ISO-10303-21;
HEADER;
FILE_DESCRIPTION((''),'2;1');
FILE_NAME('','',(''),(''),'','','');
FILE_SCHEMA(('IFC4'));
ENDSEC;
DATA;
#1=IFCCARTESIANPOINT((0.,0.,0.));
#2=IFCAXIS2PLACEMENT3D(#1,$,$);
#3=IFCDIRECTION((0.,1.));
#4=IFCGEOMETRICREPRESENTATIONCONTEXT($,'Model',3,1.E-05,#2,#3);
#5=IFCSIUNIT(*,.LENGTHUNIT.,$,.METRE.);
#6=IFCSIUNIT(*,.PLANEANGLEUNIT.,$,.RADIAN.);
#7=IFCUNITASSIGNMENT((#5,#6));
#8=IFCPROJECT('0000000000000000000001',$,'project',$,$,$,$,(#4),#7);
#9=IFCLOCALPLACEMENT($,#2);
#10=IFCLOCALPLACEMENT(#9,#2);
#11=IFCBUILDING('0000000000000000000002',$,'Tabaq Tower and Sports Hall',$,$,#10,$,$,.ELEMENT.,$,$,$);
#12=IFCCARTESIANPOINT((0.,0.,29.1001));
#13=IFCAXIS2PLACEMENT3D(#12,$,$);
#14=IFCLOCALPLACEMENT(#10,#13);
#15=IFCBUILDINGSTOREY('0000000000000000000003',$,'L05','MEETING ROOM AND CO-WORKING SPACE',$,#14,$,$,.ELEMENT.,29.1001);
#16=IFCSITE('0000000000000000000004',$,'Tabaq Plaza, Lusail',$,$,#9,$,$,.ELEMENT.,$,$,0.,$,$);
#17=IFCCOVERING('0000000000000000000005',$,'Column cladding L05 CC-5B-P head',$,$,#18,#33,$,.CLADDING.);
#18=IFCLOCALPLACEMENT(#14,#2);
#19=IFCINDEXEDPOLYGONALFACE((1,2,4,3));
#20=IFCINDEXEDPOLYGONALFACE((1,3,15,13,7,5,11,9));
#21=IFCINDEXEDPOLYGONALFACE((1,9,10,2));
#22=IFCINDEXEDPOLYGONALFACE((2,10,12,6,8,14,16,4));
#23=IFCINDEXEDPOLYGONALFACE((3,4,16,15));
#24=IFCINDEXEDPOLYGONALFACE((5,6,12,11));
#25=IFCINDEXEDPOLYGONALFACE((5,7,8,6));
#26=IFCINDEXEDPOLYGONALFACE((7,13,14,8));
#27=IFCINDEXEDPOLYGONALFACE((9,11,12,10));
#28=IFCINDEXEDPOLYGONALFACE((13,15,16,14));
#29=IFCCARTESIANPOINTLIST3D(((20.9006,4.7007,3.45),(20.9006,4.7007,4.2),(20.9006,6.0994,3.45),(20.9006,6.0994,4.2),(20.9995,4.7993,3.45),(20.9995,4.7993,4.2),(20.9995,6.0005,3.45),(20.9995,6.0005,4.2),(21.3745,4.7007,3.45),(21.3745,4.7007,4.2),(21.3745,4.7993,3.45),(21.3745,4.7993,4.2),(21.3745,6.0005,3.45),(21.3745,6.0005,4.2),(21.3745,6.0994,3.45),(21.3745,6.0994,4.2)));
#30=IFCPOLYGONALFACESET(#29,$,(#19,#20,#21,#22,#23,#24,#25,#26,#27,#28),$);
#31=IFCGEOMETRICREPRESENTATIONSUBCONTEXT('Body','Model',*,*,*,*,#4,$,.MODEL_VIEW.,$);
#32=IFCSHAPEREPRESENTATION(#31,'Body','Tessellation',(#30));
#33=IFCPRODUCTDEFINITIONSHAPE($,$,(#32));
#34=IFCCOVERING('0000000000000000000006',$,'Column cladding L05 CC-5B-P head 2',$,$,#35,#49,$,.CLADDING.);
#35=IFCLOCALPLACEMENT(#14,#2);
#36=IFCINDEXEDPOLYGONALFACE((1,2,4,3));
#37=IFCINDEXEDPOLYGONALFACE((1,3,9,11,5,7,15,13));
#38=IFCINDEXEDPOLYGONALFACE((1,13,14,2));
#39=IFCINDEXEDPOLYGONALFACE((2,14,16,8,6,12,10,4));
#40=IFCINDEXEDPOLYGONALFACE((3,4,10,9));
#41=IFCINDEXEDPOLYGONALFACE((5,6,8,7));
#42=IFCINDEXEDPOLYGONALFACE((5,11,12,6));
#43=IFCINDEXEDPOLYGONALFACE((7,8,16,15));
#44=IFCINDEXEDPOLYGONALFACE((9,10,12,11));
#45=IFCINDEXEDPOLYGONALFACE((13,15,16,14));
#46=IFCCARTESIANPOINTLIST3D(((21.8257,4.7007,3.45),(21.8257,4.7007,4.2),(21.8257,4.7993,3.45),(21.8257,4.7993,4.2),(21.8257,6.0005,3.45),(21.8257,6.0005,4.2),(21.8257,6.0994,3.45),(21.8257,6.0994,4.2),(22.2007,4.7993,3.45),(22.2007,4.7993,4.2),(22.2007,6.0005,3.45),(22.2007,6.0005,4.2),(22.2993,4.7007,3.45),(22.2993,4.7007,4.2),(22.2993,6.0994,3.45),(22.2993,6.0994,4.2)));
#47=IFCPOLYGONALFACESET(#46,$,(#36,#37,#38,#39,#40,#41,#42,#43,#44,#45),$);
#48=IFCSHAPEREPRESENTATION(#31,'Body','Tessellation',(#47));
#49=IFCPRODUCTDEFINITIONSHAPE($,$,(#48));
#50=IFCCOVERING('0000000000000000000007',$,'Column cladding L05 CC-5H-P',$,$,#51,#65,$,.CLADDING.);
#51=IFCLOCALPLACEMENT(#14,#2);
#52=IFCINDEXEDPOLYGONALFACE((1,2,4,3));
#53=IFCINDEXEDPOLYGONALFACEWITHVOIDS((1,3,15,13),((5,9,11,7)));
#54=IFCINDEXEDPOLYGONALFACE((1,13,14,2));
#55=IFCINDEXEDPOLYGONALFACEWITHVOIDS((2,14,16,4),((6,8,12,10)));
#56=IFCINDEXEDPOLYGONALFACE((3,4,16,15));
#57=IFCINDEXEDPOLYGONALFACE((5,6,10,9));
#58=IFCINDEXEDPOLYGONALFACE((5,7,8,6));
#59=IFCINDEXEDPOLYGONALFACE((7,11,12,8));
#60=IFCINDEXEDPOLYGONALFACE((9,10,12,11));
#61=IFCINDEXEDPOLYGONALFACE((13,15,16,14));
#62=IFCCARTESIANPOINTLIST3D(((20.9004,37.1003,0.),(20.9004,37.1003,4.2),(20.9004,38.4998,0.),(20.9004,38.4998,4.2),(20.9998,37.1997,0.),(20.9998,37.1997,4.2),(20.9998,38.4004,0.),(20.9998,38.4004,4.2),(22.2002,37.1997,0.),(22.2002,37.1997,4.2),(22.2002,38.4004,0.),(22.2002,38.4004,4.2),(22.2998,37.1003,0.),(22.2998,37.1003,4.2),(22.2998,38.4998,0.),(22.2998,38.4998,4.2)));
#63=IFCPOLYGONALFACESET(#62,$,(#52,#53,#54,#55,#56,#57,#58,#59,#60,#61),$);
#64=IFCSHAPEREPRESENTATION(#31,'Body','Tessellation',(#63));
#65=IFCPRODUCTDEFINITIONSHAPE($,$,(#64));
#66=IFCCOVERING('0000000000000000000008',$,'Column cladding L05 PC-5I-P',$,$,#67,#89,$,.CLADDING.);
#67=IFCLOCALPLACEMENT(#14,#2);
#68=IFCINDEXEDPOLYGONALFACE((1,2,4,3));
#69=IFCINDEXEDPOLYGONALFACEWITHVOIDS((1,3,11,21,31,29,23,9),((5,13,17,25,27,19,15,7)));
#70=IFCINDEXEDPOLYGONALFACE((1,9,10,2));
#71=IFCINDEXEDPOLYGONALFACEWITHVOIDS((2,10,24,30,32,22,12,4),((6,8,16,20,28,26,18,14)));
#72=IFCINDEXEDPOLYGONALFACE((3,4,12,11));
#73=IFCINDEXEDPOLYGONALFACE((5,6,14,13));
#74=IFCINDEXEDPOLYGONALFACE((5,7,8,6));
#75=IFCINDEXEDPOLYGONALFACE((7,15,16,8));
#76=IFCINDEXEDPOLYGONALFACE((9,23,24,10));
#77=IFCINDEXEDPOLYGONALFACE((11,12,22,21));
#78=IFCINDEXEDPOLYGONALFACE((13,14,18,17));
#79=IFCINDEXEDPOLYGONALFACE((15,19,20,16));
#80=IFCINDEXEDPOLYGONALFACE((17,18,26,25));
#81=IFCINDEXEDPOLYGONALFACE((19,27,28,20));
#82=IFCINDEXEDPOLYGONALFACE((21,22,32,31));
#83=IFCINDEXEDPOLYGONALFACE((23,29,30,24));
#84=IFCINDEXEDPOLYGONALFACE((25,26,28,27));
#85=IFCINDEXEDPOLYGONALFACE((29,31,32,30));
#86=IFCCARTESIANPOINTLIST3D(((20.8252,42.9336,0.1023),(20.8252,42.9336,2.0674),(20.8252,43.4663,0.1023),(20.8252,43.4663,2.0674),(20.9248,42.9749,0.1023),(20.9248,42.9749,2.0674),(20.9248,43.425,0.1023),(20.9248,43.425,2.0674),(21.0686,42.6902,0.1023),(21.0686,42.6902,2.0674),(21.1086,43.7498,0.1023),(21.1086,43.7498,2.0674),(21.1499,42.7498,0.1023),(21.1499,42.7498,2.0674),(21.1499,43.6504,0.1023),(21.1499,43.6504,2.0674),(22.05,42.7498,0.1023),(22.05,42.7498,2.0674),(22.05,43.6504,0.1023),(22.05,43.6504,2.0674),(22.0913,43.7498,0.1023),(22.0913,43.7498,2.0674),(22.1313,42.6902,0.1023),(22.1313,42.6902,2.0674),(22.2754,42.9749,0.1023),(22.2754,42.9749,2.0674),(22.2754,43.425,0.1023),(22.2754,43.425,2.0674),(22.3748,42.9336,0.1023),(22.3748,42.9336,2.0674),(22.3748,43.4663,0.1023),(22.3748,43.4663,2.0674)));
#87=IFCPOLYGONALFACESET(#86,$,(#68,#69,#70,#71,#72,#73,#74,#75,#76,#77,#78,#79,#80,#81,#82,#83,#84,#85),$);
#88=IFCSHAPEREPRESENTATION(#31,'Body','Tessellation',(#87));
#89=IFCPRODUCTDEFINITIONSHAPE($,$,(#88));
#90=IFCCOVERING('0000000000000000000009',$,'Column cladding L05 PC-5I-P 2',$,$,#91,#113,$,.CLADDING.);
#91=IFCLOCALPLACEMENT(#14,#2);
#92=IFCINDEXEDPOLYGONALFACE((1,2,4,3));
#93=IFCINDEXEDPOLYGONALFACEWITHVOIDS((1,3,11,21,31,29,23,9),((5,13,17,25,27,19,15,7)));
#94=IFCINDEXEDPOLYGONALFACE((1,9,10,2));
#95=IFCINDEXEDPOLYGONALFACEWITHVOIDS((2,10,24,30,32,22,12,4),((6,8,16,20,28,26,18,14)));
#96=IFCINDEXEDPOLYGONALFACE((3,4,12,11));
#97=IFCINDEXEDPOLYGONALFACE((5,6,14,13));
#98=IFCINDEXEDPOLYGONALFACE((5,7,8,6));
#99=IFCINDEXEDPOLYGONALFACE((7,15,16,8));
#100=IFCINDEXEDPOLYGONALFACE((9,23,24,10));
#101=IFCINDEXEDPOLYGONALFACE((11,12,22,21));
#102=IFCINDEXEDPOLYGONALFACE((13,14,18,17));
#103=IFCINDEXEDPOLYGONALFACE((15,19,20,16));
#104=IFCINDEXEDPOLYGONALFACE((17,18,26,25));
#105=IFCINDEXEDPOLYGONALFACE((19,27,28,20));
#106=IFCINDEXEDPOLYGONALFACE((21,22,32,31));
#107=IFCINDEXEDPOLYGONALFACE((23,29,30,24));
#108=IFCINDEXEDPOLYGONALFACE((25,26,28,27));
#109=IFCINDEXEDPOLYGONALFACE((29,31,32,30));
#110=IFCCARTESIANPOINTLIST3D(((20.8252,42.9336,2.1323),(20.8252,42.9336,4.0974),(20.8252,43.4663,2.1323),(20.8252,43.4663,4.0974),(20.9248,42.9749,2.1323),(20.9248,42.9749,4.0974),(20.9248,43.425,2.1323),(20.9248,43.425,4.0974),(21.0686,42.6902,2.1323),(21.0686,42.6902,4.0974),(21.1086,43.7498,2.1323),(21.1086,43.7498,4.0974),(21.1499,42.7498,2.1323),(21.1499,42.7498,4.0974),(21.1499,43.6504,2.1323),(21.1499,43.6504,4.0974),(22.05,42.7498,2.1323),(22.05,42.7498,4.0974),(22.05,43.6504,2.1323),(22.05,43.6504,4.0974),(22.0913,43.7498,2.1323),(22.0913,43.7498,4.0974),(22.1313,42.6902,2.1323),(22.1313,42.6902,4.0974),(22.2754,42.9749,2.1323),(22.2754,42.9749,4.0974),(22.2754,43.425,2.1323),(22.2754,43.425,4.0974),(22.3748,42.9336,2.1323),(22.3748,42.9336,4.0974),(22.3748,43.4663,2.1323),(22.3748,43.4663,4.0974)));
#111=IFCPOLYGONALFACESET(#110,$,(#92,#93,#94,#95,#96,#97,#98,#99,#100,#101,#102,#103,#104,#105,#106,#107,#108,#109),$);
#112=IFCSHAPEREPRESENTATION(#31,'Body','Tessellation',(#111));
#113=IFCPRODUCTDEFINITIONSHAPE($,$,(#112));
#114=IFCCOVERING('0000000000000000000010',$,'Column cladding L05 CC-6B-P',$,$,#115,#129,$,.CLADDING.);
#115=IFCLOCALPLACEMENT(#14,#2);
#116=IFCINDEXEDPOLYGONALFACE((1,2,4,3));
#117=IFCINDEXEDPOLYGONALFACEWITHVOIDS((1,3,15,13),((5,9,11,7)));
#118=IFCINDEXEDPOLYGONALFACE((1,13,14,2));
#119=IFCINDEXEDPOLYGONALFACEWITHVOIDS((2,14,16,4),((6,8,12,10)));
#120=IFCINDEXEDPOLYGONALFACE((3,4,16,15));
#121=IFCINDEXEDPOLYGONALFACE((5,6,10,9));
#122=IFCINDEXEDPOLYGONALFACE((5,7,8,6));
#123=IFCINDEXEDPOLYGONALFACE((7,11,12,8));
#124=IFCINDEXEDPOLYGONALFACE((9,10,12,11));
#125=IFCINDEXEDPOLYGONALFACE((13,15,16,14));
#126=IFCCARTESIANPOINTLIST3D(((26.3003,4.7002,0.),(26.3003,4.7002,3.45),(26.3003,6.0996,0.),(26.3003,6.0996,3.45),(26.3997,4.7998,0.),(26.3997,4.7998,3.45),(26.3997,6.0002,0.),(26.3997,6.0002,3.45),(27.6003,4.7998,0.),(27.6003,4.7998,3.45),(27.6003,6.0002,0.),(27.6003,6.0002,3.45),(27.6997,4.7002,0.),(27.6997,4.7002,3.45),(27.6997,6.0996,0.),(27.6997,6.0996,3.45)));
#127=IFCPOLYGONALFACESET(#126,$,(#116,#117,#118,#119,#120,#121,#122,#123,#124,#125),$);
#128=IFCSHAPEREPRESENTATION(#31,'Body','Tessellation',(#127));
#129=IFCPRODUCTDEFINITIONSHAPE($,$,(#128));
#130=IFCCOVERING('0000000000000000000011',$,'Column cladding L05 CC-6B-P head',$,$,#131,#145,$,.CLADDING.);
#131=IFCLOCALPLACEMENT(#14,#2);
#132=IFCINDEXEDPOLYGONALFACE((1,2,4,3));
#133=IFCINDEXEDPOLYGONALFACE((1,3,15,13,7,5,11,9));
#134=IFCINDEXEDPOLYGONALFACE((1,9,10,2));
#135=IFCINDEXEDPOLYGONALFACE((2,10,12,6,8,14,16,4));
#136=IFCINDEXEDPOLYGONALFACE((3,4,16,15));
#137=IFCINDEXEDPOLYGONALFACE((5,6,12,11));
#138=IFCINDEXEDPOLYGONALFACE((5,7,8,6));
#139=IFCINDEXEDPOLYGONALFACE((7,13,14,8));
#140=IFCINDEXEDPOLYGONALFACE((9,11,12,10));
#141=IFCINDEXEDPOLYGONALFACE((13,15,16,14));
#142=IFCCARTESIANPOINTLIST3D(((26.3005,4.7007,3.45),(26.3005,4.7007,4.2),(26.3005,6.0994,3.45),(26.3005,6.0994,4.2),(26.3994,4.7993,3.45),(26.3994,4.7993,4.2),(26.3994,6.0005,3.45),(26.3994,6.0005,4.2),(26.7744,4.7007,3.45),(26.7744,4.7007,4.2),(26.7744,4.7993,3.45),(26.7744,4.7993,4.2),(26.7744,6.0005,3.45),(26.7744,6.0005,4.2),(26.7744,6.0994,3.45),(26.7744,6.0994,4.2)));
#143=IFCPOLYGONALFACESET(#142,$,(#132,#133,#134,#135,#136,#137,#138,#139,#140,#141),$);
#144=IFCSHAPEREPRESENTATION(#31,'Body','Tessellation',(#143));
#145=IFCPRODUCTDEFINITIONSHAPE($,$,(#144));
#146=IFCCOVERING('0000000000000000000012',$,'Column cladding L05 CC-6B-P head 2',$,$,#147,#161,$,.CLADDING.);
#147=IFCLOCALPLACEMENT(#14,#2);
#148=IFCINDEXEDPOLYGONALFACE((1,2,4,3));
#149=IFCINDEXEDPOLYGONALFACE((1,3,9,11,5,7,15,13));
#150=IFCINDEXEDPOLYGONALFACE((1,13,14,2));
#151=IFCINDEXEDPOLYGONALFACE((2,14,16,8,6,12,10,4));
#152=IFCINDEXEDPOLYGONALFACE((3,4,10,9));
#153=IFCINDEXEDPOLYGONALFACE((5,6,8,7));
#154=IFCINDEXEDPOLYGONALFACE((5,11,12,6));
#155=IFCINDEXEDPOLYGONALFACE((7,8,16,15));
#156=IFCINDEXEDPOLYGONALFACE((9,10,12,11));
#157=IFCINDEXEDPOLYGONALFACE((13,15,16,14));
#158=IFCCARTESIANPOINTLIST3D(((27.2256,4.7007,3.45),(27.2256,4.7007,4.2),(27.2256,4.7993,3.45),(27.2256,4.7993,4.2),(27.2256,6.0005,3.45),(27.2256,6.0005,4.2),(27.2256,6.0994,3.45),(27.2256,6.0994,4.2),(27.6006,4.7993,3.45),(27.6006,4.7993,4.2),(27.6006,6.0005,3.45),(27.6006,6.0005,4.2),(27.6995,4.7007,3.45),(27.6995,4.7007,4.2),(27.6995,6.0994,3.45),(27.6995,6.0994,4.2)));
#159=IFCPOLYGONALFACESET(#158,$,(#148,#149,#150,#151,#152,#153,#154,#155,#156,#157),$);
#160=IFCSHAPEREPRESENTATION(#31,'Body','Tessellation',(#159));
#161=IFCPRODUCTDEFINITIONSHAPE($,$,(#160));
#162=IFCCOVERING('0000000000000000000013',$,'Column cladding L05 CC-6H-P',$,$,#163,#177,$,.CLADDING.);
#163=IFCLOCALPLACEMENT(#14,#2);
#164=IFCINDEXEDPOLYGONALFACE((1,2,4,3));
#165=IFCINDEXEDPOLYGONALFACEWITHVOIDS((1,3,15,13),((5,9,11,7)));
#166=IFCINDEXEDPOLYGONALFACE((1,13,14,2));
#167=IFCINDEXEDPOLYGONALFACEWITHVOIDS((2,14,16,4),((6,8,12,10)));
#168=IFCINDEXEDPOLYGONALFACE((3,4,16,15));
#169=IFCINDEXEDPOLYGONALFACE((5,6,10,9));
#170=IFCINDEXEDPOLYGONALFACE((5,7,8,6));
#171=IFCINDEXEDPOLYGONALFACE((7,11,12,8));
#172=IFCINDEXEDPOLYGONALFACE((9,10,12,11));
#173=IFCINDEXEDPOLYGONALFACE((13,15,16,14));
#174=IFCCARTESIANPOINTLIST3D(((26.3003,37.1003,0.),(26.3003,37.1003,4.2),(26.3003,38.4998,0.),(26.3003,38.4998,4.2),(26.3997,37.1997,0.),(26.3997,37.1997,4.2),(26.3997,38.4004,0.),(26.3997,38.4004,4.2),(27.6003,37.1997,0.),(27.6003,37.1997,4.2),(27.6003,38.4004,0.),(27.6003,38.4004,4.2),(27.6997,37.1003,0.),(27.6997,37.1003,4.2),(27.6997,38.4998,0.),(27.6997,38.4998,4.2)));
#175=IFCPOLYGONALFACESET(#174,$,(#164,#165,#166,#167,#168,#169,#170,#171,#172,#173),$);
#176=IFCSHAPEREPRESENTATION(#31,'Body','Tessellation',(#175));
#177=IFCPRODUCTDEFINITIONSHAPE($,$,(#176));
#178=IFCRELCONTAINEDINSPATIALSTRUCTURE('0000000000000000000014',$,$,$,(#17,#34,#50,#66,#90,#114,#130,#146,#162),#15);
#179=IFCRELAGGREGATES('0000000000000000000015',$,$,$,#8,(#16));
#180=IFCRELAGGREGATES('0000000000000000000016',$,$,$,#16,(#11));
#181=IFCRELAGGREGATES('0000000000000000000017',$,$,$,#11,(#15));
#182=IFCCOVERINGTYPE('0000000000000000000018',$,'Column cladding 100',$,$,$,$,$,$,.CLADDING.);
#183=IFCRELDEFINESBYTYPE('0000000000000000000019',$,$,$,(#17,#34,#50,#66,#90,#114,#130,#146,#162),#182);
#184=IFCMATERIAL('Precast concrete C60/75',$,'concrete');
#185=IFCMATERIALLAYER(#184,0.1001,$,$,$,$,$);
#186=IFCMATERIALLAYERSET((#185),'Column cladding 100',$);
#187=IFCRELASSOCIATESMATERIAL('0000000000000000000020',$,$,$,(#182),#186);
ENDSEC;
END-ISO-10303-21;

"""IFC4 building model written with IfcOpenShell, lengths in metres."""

from ifc_helpers import new_model, si_unit, direction, frame, origin, place, context, subcontext, project, spatial, polyline, outline, extrude, material, layer, layer_set, type_object, element, save


model = new_model("IFC4")

# Units and contexts
model_context = context("Model", 3, precision=1e-05, world=origin(), true_north=direction((0.0, 1.0)))
body_context = subcontext(model_context, "Body", "Model", "MODEL_VIEW")
ifc_project = project(units=[si_unit("LENGTHUNIT", "METRE"), si_unit("PLANEANGLEUNIT", "RADIAN")], contexts=[model_context])

# Site, building, storey
site_placement = place(None, origin())
site = spatial("IfcSite", under=ifc_project, at=site_placement, Name="Tabaq Plaza, Lusail", CompositionType="ELEMENT", RefElevation=0.0)
building_placement = place(site_placement, origin())
building = spatial("IfcBuilding", under=site, at=building_placement, Name="Tabaq Tower and Sports Hall", CompositionType="ELEMENT")
storey_placement = place(building_placement, frame((0.0, 0.0, 29.1001)))
storey = spatial("IfcBuildingStorey", under=building, at=storey_placement, Name="L05", Description="MEETING ROOM AND CO-WORKING SPACE", CompositionType="ELEMENT", Elevation=29.1001)

# Coverings
ifc_material_1 = material(Name="Precast concrete C60/75", Category="concrete")
ifc_layer = layer(ifc_material_1, 0.1001)
ifc_layer_set = layer_set([ifc_layer], Name="Column cladding 100")
covering_type_1 = type_object("IfcCoveringType", Name="Column cladding 100", PredefinedType="CLADDING", material=ifc_layer_set)
covering_1_placement = place(storey_placement, frame((0.0, 0.0, 3.45)))
element("IfcCovering", 1, at=covering_1_placement, inside=storey, type_object=covering_type_1, Name="Column cladding L05 CC-5B-P head", PredefinedType="CLADDING", context=body_context, shape_type="SweptSolid", body=[
    extrude(outline(polyline([(21.3745, 4.7993), (21.3745, 4.7007), (20.9006, 4.7007), (20.9006, 6.0994), (21.3745, 6.0994), (21.3745, 6.0005), (20.9995, 6.0005), (20.9995, 4.7993), (21.3745, 4.7993)])), origin(), (0.0, 0.0, 1.0), 0.75),
])
covering_2_placement = place(storey_placement, frame((0.0, 0.0, 3.45)))
element("IfcCovering", 2, at=covering_2_placement, inside=storey, type_object=covering_type_1, Name="Column cladding L05 CC-5B-P head 2", PredefinedType="CLADDING", context=body_context, shape_type="SweptSolid", body=[
    extrude(outline(polyline([(21.8257, 4.7993), (22.2007, 4.7993), (22.2007, 6.0005), (21.8257, 6.0005), (21.8257, 6.0994), (22.2993, 6.0994), (22.2993, 4.7007), (21.8257, 4.7007), (21.8257, 4.7993)])), origin(), (0.0, 0.0, 1.0), 0.75),
])
covering_3_placement = place(storey_placement, origin())
element("IfcCovering", 3, at=covering_3_placement, inside=storey, type_object=covering_type_1, Name="Column cladding L05 CC-5H-P", PredefinedType="CLADDING", context=body_context, shape_type="SweptSolid", body=[
    extrude(outline(polyline([(20.9004, 38.4998), (22.2998, 38.4998), (22.2998, 37.1003), (20.9004, 37.1003), (20.9004, 38.4998)]), holes=[polyline([(22.2002, 37.1997), (22.2002, 38.4004), (20.9998, 38.4004), (20.9998, 37.1997), (22.2002, 37.1997)])]), origin(), (0.0, 0.0, 1.0), 4.2),
])
for number, where, name in (
    (4, (0.0, 0.0, 0.1023), "Column cladding L05 PC-5I-P"),
    (5, (0.0, 0.0, 2.1323), "Column cladding L05 PC-5I-P 2"),
):
    element("IfcCovering", number, at=place(storey_placement, frame(where)), inside=storey, type_object=covering_type_1, Name=name, PredefinedType="CLADDING", context=body_context, shape_type="SweptSolid", body=[
        extrude(outline(polyline([(20.8252, 43.4663), (21.1086, 43.7498), (22.0913, 43.7498), (22.3748, 43.4663), (22.3748, 42.9336), (22.1313, 42.6902), (21.0686, 42.6902), (20.8252, 42.9336), (20.8252, 43.4663)]), holes=[polyline([(22.2754, 42.9749), (22.2754, 43.425), (22.05, 43.6504), (21.1499, 43.6504), (20.9248, 43.425), (20.9248, 42.9749), (21.1499, 42.7498), (22.05, 42.7498), (22.2754, 42.9749)])]), origin(), (0.0, 0.0, 1.0), 1.9651),
    ])
covering_4_placement = place(storey_placement, origin())
element("IfcCovering", 6, at=covering_4_placement, inside=storey, type_object=covering_type_1, Name="Column cladding L05 CC-6B-P", PredefinedType="CLADDING", context=body_context, shape_type="SweptSolid", body=[
    extrude(outline(polyline([(26.3003, 6.0996), (27.6997, 6.0996), (27.6997, 4.7002), (26.3003, 4.7002), (26.3003, 6.0996)]), holes=[polyline([(27.6003, 4.7998), (27.6003, 6.0002), (26.3997, 6.0002), (26.3997, 4.7998), (27.6003, 4.7998)])]), origin(), (0.0, 0.0, 1.0), 3.45),
])
covering_5_placement = place(storey_placement, frame((0.0, 0.0, 3.45)))
element("IfcCovering", 7, at=covering_5_placement, inside=storey, type_object=covering_type_1, Name="Column cladding L05 CC-6B-P head", PredefinedType="CLADDING", context=body_context, shape_type="SweptSolid", body=[
    extrude(outline(polyline([(26.7744, 4.7993), (26.7744, 4.7007), (26.3005, 4.7007), (26.3005, 6.0994), (26.7744, 6.0994), (26.7744, 6.0005), (26.3994, 6.0005), (26.3994, 4.7993), (26.7744, 4.7993)])), origin(), (0.0, 0.0, 1.0), 0.75),
])
covering_6_placement = place(storey_placement, frame((0.0, 0.0, 3.45)))
element("IfcCovering", 8, at=covering_6_placement, inside=storey, type_object=covering_type_1, Name="Column cladding L05 CC-6B-P head 2", PredefinedType="CLADDING", context=body_context, shape_type="SweptSolid", body=[
    extrude(outline(polyline([(27.2256, 4.7993), (27.6006, 4.7993), (27.6006, 6.0005), (27.2256, 6.0005), (27.2256, 6.0994), (27.6995, 6.0994), (27.6995, 4.7007), (27.2256, 4.7007), (27.2256, 4.7993)])), origin(), (0.0, 0.0, 1.0), 0.75),
])
covering_7_placement = place(storey_placement, origin())
element("IfcCovering", 9, at=covering_7_placement, inside=storey, type_object=covering_type_1, Name="Column cladding L05 CC-6H-P", PredefinedType="CLADDING", context=body_context, shape_type="SweptSolid", body=[
    extrude(outline(polyline([(26.3003, 38.4998), (27.6997, 38.4998), (27.6997, 37.1003), (26.3003, 37.1003), (26.3003, 38.4998)]), holes=[polyline([(27.6003, 37.1997), (27.6003, 38.4004), (26.3997, 38.4004), (26.3997, 37.1997), (27.6003, 37.1997)])]), origin(), (0.0, 0.0, 1.0), 4.2),
])

save(model, "model.ifc")
